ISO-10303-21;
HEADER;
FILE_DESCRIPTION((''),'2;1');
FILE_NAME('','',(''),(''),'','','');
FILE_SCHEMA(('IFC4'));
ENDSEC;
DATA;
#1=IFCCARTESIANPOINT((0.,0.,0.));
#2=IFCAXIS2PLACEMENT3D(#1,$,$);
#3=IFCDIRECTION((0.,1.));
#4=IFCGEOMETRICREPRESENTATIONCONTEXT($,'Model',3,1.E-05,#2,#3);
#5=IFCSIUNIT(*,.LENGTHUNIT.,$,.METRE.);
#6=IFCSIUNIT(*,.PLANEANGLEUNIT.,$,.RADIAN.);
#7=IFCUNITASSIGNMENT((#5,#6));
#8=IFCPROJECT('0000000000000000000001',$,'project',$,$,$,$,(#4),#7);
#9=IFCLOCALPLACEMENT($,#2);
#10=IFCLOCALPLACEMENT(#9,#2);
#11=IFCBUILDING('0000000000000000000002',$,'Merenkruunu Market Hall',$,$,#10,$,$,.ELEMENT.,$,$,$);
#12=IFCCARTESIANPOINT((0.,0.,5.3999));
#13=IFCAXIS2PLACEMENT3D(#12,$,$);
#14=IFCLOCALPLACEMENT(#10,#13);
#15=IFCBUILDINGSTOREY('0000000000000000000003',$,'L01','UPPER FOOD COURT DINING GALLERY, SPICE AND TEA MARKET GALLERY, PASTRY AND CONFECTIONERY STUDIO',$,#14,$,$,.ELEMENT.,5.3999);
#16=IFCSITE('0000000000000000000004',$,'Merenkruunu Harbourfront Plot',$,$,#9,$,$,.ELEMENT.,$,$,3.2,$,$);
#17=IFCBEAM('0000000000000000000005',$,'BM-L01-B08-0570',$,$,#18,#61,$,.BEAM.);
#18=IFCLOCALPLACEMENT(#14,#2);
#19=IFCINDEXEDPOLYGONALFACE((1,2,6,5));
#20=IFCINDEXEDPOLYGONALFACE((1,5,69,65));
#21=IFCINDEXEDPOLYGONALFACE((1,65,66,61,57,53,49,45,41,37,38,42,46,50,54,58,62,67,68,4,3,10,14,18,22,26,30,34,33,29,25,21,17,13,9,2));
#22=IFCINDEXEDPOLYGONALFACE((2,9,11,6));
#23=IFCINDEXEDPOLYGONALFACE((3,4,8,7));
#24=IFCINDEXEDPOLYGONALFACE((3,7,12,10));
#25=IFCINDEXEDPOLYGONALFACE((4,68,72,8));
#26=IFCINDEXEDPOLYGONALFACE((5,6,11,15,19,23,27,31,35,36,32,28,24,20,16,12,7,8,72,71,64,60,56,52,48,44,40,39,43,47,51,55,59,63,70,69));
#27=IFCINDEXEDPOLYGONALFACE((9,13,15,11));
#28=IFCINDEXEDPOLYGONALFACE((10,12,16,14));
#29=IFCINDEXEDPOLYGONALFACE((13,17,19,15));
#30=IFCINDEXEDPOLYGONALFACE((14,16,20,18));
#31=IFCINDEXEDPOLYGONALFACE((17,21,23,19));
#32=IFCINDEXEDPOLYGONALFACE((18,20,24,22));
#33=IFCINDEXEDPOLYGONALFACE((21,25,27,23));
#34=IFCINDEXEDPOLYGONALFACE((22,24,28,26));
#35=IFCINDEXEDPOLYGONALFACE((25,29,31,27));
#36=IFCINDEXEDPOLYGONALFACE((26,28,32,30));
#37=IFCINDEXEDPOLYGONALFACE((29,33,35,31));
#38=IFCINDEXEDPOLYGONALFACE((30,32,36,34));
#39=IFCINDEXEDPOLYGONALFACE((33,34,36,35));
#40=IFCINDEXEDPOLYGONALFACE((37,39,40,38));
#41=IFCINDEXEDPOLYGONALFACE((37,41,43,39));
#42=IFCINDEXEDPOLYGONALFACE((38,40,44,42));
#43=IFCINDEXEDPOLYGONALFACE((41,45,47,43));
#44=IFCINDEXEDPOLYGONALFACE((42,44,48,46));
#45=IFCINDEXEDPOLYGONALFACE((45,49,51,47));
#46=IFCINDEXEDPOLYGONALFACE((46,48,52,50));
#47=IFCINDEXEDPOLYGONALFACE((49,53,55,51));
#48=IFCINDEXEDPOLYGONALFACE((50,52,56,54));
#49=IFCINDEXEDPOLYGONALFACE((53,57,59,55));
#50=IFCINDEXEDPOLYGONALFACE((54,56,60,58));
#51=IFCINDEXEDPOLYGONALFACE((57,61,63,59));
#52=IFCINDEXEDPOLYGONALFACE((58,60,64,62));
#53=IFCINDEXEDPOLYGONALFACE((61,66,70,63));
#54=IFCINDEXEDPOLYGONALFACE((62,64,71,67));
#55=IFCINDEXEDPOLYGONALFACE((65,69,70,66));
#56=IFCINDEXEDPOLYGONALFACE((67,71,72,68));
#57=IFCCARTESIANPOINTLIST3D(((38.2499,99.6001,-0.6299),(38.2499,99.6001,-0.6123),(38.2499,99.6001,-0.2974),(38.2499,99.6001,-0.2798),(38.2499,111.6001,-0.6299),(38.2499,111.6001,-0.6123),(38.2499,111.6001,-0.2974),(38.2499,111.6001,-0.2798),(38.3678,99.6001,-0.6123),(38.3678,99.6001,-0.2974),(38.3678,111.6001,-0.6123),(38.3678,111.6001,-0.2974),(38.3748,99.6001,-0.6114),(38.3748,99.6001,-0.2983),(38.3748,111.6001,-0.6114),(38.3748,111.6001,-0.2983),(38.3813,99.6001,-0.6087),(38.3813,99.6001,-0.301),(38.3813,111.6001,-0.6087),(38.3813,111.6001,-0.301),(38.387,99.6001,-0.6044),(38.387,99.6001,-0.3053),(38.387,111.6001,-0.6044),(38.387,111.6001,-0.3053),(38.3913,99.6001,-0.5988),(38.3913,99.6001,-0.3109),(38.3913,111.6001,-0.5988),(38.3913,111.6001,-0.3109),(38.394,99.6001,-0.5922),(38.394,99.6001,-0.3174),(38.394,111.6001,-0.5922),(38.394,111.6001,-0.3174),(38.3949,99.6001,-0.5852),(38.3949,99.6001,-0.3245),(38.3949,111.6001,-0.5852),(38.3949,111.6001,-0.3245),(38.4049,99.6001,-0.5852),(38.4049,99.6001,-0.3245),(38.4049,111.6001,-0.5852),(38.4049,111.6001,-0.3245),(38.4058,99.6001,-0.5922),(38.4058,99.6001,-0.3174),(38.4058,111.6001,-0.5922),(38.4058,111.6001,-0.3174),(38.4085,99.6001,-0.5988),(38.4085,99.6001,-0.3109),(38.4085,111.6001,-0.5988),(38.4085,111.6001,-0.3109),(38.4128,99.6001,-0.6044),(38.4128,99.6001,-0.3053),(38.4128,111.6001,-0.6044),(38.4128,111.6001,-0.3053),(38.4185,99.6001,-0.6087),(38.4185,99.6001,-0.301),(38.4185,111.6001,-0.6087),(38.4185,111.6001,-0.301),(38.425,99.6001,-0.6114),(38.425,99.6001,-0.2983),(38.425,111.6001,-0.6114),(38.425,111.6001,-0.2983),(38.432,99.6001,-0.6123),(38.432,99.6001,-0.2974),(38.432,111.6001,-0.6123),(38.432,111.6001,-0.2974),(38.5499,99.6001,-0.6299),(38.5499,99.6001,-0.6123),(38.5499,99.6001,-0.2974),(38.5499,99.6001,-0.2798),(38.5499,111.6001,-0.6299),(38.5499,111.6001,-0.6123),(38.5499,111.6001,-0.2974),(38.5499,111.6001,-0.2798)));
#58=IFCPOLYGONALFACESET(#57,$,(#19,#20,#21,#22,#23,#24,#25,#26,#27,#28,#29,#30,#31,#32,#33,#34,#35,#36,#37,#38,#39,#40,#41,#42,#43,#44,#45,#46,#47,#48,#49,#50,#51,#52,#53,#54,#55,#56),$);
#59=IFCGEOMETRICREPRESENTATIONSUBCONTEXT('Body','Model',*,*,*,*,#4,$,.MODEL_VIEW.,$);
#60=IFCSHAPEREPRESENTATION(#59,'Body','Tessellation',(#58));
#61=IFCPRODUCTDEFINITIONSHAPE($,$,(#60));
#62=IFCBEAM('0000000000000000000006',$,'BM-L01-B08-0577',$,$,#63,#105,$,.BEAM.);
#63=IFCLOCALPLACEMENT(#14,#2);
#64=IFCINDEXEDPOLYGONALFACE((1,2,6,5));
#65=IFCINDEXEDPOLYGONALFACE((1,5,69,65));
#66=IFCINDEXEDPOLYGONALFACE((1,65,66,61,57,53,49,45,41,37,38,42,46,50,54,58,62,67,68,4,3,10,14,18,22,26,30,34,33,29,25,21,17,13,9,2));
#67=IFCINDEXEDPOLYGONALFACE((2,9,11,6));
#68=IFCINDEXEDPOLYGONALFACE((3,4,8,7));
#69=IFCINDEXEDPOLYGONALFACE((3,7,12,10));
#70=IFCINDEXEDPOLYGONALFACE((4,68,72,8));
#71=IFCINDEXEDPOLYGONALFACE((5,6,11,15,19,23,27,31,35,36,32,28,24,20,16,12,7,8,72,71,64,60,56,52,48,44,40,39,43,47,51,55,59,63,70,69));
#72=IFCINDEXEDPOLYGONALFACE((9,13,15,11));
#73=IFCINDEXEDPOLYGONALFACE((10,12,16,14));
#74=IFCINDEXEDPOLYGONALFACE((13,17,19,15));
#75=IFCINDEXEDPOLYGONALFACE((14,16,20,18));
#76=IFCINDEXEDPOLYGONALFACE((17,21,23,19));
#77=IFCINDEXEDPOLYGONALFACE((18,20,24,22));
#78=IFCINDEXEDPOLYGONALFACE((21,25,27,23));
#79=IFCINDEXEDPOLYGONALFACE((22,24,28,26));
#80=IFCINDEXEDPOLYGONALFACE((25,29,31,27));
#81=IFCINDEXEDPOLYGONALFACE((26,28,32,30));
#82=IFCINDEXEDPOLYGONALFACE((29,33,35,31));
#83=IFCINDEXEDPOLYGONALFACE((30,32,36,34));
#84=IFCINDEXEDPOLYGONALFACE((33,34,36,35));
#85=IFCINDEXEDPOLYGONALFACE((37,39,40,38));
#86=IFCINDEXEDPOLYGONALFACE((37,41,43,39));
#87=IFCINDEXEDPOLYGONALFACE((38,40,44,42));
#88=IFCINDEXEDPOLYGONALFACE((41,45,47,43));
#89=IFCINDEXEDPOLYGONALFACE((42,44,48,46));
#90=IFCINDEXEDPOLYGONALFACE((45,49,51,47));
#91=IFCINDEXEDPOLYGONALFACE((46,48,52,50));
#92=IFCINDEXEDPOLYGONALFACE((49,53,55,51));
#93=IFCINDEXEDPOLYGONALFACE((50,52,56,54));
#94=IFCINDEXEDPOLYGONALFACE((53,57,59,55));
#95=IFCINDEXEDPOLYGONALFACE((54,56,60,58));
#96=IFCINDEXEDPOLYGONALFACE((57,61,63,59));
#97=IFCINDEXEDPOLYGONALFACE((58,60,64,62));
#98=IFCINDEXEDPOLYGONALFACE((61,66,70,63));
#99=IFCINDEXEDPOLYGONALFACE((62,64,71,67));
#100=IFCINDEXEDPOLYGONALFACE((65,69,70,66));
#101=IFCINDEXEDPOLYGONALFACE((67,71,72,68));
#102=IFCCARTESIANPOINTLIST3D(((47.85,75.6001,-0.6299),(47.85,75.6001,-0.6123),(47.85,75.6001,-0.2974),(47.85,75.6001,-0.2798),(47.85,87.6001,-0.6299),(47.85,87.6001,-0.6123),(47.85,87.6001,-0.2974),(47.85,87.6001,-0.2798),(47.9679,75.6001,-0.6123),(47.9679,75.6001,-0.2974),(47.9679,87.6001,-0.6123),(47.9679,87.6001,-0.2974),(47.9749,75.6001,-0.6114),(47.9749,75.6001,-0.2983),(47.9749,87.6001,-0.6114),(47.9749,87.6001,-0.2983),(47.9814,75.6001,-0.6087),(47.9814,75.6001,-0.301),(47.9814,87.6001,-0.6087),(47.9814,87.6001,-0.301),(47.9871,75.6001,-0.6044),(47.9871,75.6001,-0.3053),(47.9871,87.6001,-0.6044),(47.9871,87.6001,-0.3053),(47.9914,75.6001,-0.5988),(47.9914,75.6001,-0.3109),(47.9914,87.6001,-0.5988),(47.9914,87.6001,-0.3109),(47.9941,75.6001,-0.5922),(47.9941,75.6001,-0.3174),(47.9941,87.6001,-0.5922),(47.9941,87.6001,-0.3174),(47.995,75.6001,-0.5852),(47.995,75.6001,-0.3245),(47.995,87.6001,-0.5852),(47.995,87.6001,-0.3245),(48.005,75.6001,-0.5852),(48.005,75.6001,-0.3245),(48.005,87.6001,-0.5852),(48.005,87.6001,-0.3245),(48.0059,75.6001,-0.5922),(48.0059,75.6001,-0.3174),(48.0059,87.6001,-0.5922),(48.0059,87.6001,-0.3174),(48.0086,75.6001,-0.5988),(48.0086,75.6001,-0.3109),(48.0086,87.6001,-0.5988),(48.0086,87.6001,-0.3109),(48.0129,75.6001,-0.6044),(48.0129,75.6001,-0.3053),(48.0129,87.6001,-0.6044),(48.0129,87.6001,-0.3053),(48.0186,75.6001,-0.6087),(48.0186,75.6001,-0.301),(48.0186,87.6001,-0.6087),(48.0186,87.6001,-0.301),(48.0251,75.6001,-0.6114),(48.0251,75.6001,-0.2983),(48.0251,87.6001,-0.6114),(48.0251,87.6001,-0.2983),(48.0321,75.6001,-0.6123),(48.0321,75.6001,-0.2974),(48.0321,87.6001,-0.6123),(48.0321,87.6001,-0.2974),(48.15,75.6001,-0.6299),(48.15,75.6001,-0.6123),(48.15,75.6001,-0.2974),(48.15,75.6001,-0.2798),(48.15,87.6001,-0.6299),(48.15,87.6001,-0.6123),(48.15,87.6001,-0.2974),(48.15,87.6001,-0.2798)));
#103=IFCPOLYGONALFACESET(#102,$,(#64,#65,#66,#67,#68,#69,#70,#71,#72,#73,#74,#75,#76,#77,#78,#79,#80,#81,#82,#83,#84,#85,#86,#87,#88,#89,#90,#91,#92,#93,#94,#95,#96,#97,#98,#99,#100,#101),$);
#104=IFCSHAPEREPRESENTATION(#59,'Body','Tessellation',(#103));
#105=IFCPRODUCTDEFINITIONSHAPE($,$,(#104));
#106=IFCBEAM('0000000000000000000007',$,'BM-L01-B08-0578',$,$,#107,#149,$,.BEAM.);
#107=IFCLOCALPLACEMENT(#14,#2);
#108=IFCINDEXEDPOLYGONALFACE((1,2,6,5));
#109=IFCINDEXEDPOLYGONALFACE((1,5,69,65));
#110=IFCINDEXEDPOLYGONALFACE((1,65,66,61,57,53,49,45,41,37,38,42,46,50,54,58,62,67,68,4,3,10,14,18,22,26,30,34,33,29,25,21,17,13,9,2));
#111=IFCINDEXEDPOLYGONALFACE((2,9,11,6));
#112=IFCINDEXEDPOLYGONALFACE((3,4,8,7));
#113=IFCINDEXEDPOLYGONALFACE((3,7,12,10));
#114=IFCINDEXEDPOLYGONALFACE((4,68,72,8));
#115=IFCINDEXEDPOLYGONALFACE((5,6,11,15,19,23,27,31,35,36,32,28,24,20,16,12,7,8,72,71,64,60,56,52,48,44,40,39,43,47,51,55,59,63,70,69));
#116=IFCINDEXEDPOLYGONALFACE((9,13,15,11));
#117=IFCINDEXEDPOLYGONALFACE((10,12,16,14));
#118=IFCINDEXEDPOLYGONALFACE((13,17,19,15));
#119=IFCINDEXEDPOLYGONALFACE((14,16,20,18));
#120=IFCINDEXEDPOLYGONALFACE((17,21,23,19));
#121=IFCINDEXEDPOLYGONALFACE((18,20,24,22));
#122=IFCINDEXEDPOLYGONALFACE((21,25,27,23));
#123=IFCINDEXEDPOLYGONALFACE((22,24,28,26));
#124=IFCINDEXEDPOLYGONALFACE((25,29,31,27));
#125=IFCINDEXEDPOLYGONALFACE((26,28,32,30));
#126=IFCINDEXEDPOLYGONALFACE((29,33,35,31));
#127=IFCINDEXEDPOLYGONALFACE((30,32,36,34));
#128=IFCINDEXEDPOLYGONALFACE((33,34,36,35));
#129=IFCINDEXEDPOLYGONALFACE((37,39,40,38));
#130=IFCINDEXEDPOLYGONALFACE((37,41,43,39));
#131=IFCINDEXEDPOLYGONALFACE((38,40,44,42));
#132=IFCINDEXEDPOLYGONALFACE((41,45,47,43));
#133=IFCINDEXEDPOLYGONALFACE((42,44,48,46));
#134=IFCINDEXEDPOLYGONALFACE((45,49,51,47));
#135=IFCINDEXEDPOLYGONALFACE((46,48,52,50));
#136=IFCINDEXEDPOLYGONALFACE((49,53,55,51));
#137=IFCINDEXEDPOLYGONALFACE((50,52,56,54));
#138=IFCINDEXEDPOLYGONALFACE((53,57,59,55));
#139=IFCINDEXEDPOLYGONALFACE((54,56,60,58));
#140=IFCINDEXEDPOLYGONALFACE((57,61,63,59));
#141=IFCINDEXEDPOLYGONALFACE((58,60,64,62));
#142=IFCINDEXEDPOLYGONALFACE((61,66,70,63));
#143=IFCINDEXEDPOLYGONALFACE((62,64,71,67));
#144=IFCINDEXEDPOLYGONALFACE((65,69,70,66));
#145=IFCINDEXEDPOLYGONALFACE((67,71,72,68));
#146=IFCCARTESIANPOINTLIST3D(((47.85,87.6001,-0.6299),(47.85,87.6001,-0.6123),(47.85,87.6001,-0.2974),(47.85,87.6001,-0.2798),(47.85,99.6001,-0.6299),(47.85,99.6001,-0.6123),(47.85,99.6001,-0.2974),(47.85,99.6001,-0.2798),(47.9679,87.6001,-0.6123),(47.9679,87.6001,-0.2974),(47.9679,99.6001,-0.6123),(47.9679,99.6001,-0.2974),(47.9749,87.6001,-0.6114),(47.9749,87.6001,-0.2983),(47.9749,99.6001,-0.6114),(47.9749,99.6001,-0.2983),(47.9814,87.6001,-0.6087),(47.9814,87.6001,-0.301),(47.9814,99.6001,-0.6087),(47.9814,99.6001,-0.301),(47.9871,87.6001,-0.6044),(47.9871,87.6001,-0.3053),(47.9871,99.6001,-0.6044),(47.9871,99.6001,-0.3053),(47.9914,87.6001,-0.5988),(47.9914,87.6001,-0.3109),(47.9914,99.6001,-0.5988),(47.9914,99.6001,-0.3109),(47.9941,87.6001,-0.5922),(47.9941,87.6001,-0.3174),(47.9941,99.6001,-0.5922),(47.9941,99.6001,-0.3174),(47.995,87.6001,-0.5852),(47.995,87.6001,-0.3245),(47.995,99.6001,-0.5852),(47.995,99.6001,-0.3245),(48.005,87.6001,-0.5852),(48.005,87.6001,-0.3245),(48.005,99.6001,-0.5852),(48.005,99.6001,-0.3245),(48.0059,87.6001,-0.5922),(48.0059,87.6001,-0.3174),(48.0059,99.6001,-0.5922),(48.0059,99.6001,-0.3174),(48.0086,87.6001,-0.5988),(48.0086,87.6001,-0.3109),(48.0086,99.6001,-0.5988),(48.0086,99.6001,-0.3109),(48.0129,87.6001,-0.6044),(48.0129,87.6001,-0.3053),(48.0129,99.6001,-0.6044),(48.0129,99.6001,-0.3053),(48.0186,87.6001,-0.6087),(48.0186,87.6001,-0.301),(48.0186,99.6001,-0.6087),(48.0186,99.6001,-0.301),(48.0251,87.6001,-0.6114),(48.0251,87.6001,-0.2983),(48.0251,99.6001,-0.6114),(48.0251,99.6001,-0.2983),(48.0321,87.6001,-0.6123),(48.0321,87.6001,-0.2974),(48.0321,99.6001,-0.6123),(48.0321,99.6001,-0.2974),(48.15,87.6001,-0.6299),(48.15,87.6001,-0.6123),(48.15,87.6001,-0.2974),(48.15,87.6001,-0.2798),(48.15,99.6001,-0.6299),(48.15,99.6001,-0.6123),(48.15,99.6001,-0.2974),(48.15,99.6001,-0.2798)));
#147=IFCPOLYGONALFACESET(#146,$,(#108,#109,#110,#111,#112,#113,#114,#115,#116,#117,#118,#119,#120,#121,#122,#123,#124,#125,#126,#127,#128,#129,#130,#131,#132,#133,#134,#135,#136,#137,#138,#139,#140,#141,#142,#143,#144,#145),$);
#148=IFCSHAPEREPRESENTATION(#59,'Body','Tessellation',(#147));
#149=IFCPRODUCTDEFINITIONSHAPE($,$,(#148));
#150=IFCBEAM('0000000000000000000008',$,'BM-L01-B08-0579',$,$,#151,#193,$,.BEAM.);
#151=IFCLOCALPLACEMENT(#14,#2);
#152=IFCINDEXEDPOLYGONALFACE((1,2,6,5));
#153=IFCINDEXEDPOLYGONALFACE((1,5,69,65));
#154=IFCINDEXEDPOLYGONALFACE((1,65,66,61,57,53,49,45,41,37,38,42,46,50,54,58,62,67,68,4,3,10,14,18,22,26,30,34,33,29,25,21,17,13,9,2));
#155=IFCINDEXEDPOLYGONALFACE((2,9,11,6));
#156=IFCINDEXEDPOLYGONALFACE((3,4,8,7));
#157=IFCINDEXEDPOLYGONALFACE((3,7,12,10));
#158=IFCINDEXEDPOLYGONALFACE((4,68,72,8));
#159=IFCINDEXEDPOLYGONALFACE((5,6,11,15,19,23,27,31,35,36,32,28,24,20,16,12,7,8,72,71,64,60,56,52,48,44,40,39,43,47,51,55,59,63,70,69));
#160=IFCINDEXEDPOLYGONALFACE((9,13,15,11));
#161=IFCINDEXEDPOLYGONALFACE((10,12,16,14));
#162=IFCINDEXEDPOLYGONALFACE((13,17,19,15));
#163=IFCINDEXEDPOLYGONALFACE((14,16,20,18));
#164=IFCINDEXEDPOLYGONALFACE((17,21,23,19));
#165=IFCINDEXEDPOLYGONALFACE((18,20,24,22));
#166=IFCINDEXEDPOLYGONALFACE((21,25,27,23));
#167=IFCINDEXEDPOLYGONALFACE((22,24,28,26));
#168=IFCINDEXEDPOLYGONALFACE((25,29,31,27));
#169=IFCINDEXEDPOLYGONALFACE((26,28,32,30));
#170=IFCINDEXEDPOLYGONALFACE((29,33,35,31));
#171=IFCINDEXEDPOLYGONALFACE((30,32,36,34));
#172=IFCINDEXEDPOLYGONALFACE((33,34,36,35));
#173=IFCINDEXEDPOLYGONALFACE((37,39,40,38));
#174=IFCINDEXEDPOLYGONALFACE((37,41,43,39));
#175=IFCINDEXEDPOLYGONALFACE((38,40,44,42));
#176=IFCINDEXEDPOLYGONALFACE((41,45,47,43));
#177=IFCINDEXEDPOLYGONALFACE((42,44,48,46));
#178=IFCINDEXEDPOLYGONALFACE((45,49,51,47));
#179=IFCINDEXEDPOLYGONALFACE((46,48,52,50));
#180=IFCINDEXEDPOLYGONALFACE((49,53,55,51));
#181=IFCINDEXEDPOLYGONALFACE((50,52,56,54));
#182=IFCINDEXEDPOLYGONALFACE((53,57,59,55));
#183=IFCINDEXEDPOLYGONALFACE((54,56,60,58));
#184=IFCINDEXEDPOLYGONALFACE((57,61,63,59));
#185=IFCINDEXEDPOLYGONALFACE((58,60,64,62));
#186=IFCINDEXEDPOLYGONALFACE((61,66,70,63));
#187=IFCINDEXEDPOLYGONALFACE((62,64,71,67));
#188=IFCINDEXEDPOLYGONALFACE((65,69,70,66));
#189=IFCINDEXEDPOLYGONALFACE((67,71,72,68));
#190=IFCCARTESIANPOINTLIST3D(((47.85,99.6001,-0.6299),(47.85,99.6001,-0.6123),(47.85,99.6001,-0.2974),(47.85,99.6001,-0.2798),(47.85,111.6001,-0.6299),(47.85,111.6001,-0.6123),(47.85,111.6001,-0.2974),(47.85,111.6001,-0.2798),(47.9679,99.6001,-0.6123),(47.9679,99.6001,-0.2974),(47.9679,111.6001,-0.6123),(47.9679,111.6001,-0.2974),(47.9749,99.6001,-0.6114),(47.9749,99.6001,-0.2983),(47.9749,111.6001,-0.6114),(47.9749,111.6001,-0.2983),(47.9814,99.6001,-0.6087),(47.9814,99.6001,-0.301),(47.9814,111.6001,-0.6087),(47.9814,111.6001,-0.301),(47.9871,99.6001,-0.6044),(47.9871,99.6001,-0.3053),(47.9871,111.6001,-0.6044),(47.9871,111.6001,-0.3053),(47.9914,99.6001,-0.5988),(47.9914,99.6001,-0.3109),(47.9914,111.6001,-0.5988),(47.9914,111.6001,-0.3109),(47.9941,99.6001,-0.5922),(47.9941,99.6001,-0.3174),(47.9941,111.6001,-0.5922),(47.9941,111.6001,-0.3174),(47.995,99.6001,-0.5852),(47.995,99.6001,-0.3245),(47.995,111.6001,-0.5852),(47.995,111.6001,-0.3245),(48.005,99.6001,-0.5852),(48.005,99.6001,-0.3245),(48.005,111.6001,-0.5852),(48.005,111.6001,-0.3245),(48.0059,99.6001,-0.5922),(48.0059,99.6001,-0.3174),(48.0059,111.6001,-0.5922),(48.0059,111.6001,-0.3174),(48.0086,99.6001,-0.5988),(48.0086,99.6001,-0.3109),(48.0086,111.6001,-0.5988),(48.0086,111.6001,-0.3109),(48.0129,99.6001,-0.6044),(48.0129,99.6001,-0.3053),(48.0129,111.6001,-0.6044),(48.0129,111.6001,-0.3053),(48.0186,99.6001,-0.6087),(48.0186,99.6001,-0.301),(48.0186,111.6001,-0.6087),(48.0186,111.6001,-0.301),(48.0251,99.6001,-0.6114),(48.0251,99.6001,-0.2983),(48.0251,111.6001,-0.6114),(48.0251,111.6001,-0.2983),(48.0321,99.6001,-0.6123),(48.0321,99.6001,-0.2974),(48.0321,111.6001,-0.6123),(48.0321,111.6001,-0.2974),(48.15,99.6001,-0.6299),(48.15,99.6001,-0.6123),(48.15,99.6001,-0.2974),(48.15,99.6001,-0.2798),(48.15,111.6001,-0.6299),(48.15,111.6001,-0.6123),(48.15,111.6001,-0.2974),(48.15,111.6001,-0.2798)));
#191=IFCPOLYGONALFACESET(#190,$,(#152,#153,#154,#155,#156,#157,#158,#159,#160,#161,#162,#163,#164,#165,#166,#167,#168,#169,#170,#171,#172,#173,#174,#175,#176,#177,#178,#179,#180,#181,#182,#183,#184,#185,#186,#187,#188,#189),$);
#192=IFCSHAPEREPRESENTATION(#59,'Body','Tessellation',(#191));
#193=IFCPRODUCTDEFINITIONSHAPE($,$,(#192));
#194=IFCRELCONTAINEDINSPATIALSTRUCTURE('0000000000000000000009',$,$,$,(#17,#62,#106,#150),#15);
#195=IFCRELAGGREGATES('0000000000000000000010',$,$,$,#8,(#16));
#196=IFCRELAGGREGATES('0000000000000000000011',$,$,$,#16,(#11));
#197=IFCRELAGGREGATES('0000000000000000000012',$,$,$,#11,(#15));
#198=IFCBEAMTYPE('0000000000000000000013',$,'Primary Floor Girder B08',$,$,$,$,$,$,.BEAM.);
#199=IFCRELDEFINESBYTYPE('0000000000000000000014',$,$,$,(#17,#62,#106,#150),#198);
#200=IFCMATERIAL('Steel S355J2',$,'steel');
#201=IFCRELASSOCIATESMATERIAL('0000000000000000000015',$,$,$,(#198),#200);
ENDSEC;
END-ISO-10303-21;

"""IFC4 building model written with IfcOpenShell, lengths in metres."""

from ifc_helpers import new_model, si_unit, direction, frame, origin, origin_2d, place, context, subcontext, project, spatial, i_section, extrude, material, material_profile, profile_set, type_object, element, save


model = new_model("IFC4")

# Units and contexts
model_context = context("Model", 3, precision=1e-05, world=origin(), true_north=direction((0.0, 1.0)))
body_context = subcontext(model_context, "Body", "Model", "MODEL_VIEW")
ifc_project = project(units=[si_unit("LENGTHUNIT", "METRE"), si_unit("PLANEANGLEUNIT", "RADIAN")], contexts=[model_context])

# Site, building, storey
site_placement = place(None, origin())
site = spatial("IfcSite", under=ifc_project, at=site_placement, Name="Merenkruunu Harbourfront Plot", CompositionType="ELEMENT", RefElevation=3.2)
building_placement = place(site_placement, origin())
building = spatial("IfcBuilding", under=site, at=building_placement, Name="Merenkruunu Market Hall", CompositionType="ELEMENT")
storey_placement = place(building_placement, frame((0.0, 0.0, 5.3999)))
storey = spatial("IfcBuildingStorey", under=building, at=storey_placement, Name="L01", Description="UPPER FOOD COURT DINING GALLERY, SPICE AND TEA MARKET GALLERY, PASTRY AND CONFECTIONERY STUDIO", CompositionType="ELEMENT", Elevation=5.3999)

# Shared definitions
ifc_material_1 = material(Name="Steel S355J2", Category="steel")

# Beams
ifc_material_profile_1 = material_profile(ifc_material_1, i_section(OverallWidth=0.3, OverallDepth=0.3501, WebThickness=0.01, FlangeThickness=0.0176, FilletRadius=0.0271, at=origin_2d()), Name="HEA 360")
ifc_profile_set_1 = profile_set([ifc_material_profile_1], Name="Steel S355J2")
beam_type_1 = type_object("IfcBeamType", Name="Primary Floor Girder B08", PredefinedType="BEAM", material=ifc_profile_set_1)
for number, where, z_axis, x_axis, name in (
    (1, (38.3999, 99.6001, -0.4548), (0.0, 1.0, 0.0), (-1.0, 0.0, 0.0), "BM-L01-B08-0570"),
    (2, (48.0, 75.6001, -0.4548), (0.0, 1.0, 0.0), (-1.0, 0.0, 0.0), "BM-L01-B08-0577"),
    (3, (48.0, 87.6001, -0.4548), (0.0, 1.0, 0.0), (-1.0, 0.0, 0.0), "BM-L01-B08-0578"),
    (4, (48.0, 99.6001, -0.4548), (0.0, 1.0, 0.0), (-1.0, 0.0, 0.0), "BM-L01-B08-0579"),
):
    element("IfcBeam", number, at=place(storey_placement, frame(where, z_axis=z_axis, x_axis=x_axis)), inside=storey, type_object=beam_type_1, Name=name, PredefinedType="BEAM", context=body_context, shape_type="SweptSolid", body=[
        extrude(i_section(OverallWidth=0.3, OverallDepth=0.3501, WebThickness=0.01, FlangeThickness=0.0176, FilletRadius=0.0271, at=origin_2d()), origin(), (0.0, 0.0, 1.0), 12.0),
    ])

save(model, "model.ifc")
